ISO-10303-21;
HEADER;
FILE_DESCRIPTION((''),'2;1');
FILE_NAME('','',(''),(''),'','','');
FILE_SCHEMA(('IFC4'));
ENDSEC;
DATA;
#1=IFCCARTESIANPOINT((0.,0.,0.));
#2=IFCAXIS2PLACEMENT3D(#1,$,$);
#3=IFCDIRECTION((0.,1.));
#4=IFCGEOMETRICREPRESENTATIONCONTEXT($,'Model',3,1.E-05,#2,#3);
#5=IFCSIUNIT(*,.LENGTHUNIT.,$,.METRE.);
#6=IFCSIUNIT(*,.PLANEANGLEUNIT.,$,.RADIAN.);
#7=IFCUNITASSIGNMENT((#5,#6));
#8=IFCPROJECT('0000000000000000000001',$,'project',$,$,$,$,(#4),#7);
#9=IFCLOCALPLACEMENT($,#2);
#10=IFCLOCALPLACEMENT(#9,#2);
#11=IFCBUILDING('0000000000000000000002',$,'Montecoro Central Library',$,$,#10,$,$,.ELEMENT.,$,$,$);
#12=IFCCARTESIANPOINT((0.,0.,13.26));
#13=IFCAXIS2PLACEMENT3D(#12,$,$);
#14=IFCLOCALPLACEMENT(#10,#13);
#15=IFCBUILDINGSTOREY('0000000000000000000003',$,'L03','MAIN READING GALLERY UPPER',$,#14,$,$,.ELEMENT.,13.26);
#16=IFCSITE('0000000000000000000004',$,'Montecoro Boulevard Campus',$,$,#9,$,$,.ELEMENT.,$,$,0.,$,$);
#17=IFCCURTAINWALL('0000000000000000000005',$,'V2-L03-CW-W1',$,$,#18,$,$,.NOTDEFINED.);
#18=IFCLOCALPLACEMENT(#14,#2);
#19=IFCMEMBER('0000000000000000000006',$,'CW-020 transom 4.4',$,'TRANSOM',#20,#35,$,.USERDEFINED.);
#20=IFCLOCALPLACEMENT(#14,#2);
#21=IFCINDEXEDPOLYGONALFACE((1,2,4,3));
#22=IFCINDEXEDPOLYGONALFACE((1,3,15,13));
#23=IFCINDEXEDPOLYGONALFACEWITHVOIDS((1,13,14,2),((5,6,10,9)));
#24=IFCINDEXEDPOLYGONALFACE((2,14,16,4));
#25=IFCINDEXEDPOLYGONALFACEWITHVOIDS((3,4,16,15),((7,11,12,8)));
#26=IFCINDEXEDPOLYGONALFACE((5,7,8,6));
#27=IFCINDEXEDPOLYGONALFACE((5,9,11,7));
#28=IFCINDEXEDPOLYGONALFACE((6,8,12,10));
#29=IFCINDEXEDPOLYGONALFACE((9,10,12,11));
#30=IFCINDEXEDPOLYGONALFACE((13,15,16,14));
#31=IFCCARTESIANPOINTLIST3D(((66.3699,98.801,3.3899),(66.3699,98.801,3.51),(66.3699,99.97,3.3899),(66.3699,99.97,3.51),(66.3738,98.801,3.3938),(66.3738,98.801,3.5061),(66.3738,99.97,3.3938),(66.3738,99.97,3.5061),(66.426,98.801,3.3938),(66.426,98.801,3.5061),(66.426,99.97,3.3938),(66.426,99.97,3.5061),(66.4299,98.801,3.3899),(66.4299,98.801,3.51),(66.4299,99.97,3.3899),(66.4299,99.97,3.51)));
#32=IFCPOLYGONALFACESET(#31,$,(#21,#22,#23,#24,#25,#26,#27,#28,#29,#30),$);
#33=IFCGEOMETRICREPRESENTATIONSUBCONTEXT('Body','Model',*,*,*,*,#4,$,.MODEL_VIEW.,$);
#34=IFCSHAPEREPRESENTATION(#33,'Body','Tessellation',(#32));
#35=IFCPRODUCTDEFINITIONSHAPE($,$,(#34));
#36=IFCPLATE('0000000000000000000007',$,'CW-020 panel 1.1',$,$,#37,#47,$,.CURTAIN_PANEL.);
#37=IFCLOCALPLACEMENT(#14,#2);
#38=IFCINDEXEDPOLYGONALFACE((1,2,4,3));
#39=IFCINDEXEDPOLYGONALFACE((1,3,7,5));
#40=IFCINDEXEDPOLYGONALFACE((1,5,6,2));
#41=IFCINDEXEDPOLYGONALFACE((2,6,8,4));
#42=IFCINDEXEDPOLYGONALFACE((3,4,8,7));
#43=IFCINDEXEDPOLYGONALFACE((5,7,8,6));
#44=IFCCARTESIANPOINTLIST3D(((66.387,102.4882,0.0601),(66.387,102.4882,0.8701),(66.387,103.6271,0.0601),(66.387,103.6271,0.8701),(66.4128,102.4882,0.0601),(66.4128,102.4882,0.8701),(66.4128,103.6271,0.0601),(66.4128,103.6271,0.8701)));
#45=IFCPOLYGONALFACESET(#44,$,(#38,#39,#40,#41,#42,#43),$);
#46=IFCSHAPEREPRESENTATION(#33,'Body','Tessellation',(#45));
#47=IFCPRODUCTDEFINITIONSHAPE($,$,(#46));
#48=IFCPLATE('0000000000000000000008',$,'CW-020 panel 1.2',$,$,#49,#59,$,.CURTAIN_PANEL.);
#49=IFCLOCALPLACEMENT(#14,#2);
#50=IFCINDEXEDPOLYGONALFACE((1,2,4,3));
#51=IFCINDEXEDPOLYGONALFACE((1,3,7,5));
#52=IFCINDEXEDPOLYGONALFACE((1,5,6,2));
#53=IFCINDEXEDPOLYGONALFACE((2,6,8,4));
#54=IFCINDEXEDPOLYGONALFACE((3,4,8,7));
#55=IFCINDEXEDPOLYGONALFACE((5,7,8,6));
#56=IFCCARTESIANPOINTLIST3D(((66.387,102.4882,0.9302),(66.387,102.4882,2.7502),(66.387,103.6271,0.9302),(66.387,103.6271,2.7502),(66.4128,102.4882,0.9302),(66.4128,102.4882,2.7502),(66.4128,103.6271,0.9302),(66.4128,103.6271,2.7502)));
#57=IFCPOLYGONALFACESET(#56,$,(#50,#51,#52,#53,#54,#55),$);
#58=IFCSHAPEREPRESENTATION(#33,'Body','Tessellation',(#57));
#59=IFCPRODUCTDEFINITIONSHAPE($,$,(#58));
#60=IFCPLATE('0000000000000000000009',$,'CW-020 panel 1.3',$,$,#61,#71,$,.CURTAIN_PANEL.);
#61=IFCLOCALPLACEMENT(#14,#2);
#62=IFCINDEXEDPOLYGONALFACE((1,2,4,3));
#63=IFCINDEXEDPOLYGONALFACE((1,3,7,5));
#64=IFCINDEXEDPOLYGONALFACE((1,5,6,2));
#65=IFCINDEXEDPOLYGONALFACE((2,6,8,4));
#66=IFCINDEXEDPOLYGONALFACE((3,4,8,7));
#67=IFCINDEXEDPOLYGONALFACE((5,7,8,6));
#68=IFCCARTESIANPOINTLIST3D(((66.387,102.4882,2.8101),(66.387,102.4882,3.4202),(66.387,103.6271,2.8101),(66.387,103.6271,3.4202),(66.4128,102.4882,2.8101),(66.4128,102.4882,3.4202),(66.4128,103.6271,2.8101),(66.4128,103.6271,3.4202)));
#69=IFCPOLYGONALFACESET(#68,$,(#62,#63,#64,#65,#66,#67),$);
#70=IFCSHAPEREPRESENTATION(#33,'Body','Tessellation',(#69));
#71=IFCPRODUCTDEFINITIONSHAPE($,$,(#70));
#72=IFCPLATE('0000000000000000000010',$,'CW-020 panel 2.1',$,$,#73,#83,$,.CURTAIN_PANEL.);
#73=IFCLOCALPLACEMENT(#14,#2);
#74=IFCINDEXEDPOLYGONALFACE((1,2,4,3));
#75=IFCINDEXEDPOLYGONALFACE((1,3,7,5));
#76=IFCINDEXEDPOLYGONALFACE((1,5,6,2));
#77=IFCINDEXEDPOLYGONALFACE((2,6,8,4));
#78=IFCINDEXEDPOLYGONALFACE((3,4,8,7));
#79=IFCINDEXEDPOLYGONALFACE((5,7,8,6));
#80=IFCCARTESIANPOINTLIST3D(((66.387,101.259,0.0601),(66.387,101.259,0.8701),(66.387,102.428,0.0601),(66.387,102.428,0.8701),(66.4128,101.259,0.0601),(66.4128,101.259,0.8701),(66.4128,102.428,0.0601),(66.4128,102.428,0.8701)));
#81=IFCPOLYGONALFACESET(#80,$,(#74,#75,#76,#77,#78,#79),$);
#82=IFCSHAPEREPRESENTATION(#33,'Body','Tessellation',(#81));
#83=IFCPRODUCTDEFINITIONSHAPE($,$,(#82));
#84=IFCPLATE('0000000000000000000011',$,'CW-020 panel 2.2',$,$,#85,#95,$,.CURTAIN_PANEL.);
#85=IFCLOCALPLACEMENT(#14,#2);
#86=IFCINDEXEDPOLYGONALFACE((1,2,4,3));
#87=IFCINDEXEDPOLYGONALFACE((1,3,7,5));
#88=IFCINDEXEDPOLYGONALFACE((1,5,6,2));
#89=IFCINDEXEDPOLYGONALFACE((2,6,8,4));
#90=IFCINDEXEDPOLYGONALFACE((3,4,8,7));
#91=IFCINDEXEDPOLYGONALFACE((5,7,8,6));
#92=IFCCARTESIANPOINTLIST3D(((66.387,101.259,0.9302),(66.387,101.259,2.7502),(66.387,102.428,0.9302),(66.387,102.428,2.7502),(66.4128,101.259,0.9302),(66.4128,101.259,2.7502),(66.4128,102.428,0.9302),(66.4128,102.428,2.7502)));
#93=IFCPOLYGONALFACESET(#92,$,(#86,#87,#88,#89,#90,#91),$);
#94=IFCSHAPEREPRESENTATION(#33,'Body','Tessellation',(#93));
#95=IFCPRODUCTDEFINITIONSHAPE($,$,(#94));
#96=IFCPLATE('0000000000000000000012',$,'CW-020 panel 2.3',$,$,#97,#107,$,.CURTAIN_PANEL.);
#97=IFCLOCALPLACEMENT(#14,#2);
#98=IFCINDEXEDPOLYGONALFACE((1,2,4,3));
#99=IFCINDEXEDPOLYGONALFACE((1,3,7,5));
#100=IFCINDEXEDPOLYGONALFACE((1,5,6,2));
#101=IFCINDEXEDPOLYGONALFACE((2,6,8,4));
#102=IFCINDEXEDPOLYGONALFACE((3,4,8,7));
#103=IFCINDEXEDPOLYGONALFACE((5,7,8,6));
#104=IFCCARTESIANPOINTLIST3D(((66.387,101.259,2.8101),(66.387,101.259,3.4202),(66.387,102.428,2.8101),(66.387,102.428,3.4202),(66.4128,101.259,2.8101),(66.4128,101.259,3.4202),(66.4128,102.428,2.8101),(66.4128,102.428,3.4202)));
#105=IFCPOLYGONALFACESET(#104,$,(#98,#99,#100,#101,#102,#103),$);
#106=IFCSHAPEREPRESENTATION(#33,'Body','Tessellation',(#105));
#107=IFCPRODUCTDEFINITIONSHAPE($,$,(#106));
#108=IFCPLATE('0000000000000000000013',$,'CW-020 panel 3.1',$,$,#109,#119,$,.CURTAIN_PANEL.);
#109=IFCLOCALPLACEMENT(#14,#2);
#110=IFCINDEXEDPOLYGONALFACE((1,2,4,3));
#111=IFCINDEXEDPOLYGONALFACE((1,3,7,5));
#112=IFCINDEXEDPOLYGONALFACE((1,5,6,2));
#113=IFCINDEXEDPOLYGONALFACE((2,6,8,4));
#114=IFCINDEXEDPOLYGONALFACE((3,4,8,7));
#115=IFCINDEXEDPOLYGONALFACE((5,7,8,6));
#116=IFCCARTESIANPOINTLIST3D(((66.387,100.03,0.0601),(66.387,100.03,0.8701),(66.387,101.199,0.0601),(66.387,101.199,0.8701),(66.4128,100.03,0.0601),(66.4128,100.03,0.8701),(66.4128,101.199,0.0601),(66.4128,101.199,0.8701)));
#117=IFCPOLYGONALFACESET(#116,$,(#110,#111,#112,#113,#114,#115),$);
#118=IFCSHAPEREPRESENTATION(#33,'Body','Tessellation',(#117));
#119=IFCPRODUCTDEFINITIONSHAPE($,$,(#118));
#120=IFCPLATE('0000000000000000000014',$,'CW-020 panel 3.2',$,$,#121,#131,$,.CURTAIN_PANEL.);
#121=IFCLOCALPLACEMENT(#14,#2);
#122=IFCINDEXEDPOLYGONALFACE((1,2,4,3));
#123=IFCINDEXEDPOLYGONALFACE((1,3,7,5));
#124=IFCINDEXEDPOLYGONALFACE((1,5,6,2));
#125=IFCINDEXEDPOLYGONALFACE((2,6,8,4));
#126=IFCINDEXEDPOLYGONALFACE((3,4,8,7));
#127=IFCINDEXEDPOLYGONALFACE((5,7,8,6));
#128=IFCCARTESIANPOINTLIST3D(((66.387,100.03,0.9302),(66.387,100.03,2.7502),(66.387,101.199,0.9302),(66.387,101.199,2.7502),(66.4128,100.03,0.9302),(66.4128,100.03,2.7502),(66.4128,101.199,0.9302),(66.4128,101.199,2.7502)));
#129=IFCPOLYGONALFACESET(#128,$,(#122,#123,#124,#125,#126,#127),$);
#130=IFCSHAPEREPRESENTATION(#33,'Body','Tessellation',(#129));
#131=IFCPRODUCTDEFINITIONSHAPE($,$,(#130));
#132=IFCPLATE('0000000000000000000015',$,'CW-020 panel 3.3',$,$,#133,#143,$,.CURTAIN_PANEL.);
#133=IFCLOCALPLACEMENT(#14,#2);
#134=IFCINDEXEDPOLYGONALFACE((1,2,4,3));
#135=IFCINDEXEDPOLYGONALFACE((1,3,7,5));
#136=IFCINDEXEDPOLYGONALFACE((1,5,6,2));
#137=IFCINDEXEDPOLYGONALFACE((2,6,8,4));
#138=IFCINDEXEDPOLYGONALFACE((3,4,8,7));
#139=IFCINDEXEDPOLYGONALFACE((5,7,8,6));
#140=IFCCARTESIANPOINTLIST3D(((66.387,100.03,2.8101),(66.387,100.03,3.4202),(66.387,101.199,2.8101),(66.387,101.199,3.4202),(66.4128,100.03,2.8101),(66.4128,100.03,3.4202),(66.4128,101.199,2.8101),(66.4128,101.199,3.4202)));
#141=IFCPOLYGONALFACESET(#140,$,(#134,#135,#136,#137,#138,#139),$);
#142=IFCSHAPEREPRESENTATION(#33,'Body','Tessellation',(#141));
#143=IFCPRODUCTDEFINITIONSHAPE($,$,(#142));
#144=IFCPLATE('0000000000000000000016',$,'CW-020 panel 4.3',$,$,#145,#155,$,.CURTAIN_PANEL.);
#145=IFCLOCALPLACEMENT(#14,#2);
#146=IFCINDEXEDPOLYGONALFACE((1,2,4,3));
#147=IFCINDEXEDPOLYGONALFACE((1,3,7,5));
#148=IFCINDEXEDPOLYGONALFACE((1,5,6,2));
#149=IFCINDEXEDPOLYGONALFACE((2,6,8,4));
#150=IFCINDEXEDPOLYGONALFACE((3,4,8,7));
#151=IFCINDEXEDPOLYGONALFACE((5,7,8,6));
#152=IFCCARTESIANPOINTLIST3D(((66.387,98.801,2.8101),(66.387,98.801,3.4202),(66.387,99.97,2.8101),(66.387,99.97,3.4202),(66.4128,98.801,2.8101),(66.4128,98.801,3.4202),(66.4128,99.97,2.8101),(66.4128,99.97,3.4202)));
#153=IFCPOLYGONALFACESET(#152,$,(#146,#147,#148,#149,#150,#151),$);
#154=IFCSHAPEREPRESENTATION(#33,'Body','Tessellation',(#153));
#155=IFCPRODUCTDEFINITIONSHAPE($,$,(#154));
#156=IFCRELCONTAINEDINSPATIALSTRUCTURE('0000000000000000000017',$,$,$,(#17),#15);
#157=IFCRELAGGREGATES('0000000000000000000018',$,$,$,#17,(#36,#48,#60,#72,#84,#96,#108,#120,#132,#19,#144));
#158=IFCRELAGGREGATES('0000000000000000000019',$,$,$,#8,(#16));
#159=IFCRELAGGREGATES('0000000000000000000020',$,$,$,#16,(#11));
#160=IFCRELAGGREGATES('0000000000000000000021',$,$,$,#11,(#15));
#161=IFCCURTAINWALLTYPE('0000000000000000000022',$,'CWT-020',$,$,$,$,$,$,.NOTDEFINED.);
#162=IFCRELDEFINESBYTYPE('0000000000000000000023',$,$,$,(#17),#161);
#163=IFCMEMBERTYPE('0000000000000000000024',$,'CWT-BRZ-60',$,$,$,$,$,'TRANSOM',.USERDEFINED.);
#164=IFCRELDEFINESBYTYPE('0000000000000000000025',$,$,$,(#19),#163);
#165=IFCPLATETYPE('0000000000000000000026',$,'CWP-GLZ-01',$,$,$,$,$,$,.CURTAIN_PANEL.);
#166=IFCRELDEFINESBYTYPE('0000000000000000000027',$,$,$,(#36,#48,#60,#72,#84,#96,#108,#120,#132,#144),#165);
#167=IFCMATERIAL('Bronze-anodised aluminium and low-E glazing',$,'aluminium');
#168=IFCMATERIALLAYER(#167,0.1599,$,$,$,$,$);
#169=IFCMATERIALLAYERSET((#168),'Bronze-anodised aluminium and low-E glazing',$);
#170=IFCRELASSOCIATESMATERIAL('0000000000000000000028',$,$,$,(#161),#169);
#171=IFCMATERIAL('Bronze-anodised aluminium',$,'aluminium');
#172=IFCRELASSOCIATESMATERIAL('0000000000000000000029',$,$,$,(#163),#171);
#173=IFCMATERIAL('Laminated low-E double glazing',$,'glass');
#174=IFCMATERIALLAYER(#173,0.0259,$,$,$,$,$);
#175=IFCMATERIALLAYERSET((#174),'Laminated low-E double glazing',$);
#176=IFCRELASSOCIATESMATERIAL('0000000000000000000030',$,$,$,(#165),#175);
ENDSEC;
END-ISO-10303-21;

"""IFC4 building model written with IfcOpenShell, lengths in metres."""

from ifc_helpers import new_model, si_unit, direction, frame, origin, origin_2d, place, context, subcontext, project, spatial, rectangle, hollow_rectangle, extrude, material, layer, layer_set, material_profile, profile_set, type_object, element, aggregate, save


model = new_model("IFC4")

# Units and contexts
model_context = context("Model", 3, precision=1e-05, world=origin(), true_north=direction((0.0, 1.0)))
body_context = subcontext(model_context, "Body", "Model", "MODEL_VIEW")
ifc_project = project(units=[si_unit("LENGTHUNIT", "METRE"), si_unit("PLANEANGLEUNIT", "RADIAN")], contexts=[model_context])

# Site, building, storey
site_placement = place(None, origin())
site = spatial("IfcSite", under=ifc_project, at=site_placement, Name="Montecoro Boulevard Campus", CompositionType="ELEMENT", RefElevation=0.0)
building_placement = place(site_placement, origin())
building = spatial("IfcBuilding", under=site, at=building_placement, Name="Montecoro Central Library", CompositionType="ELEMENT")
storey_placement = place(building_placement, frame((0.0, 0.0, 13.26)))
storey = spatial("IfcBuildingStorey", under=building, at=storey_placement, Name="L03", Description="MAIN READING GALLERY UPPER", CompositionType="ELEMENT", Elevation=13.26)

# Curtain wall, member, plates
ifc_material_1 = material(Name="Bronze-anodised aluminium and low-E glazing", Category="aluminium")
ifc_layer_1 = layer(ifc_material_1, 0.1599)
ifc_layer_set_1 = layer_set([ifc_layer_1], Name="Bronze-anodised aluminium and low-E glazing")
curtain_wall_type = type_object("IfcCurtainWallType", Name="CWT-020", PredefinedType="NOTDEFINED", material=ifc_layer_set_1)
curtain_wall_placement = place(storey_placement, origin())
curtain_wall = element("IfcCurtainWall", 1, at=curtain_wall_placement, inside=storey, type_object=curtain_wall_type, Name="V2-L03-CW-W1", PredefinedType="NOTDEFINED")
ifc_material_2 = material(Name="Bronze-anodised aluminium", Category="aluminium")
ifc_material_profile_1 = material_profile(ifc_material_2, hollow_rectangle(XDim=0.0601, YDim=0.1201, WallThickness=0.0039, at=origin_2d()), Name="CWT 120x60x4.0")
ifc_profile_set_1 = profile_set([ifc_material_profile_1], Name="Bronze-anodised aluminium")
member_type_1 = type_object("IfcMemberType", Name="CWT-BRZ-60", ElementType="TRANSOM", PredefinedType="USERDEFINED", material=ifc_profile_set_1)
member_1_placement = place(storey_placement, frame((66.3999, 99.97, 3.45), z_axis=(0.0, -1.0, 0.0), x_axis=(1.0, 0.0, 0.0)))
member_1 = element("IfcMember", 2, at=member_1_placement, type_object=member_type_1, Name="CW-020 transom 4.4", ObjectType="TRANSOM", PredefinedType="USERDEFINED", context=body_context, shape_type="SweptSolid", body=[
    extrude(hollow_rectangle(XDim=0.0601, YDim=0.1201, WallThickness=0.0039, at=origin_2d()), origin(), (0.0, 0.0, 1.0), 1.1689),
])
ifc_material_3 = material(Name="Laminated low-E double glazing", Category="glass")
ifc_layer_2 = layer(ifc_material_3, 0.0259)
ifc_layer_set_2 = layer_set([ifc_layer_2], Name="Laminated low-E double glazing")
plate_type = type_object("IfcPlateType", Name="CWP-GLZ-01", PredefinedType="CURTAIN_PANEL", material=ifc_layer_set_2)
plate_1_placement = place(storey_placement, frame((66.3999, 103.0576, 0.0601), z_axis=(0.0, 0.0, 1.0), x_axis=(0.0, -1.0, 0.0)))
plate_1 = element("IfcPlate", 3, at=plate_1_placement, type_object=plate_type, Name="CW-020 panel 1.1", PredefinedType="CURTAIN_PANEL", context=body_context, shape_type="SweptSolid", body=[
    extrude(rectangle(XDim=1.1389, YDim=0.0259, at=origin_2d()), origin(), (0.0, 0.0, 1.0), 0.8101),
])
plate_2_placement = place(storey_placement, frame((66.3999, 103.0576, 0.9302), z_axis=(0.0, 0.0, 1.0), x_axis=(0.0, -1.0, 0.0)))
plate_2 = element("IfcPlate", 4, at=plate_2_placement, type_object=plate_type, Name="CW-020 panel 1.2", PredefinedType="CURTAIN_PANEL", context=body_context, shape_type="SweptSolid", body=[
    extrude(rectangle(XDim=1.1389, YDim=0.0259, at=origin_2d()), origin(), (0.0, 0.0, 1.0), 1.8201),
])
plate_3_placement = place(storey_placement, frame((66.3999, 103.0576, 2.8101), z_axis=(0.0, 0.0, 1.0), x_axis=(0.0, -1.0, 0.0)))
plate_3 = element("IfcPlate", 5, at=plate_3_placement, type_object=plate_type, Name="CW-020 panel 1.3", PredefinedType="CURTAIN_PANEL", context=body_context, shape_type="SweptSolid", body=[
    extrude(rectangle(XDim=1.1389, YDim=0.0259, at=origin_2d()), origin(), (0.0, 0.0, 1.0), 0.6101),
])
plate_4_placement = place(storey_placement, frame((66.3999, 101.8435, 0.0601), z_axis=(0.0, 0.0, 1.0), x_axis=(0.0, -1.0, 0.0)))
plate_4 = element("IfcPlate", 6, at=plate_4_placement, type_object=plate_type, Name="CW-020 panel 2.1", PredefinedType="CURTAIN_PANEL", context=body_context, shape_type="SweptSolid", body=[
    extrude(rectangle(XDim=1.1689, YDim=0.0259, at=origin_2d()), origin(), (0.0, 0.0, 1.0), 0.8101),
])
plate_5_placement = place(storey_placement, frame((66.3999, 101.8435, 0.9302), z_axis=(0.0, 0.0, 1.0), x_axis=(0.0, -1.0, 0.0)))
plate_5 = element("IfcPlate", 7, at=plate_5_placement, type_object=plate_type, Name="CW-020 panel 2.2", PredefinedType="CURTAIN_PANEL", context=body_context, shape_type="SweptSolid", body=[
    extrude(rectangle(XDim=1.1689, YDim=0.0259, at=origin_2d()), origin(), (0.0, 0.0, 1.0), 1.8201),
])
plate_6_placement = place(storey_placement, frame((66.3999, 101.8435, 2.8101), z_axis=(0.0, 0.0, 1.0), x_axis=(0.0, -1.0, 0.0)))
plate_6 = element("IfcPlate", 8, at=plate_6_placement, type_object=plate_type, Name="CW-020 panel 2.3", PredefinedType="CURTAIN_PANEL", context=body_context, shape_type="SweptSolid", body=[
    extrude(rectangle(XDim=1.1689, YDim=0.0259, at=origin_2d()), origin(), (0.0, 0.0, 1.0), 0.6101),
])
plate_7_placement = place(storey_placement, frame((66.3999, 100.6145, 0.0601), z_axis=(0.0, 0.0, 1.0), x_axis=(0.0, -1.0, 0.0)))
plate_7 = element("IfcPlate", 9, at=plate_7_placement, type_object=plate_type, Name="CW-020 panel 3.1", PredefinedType="CURTAIN_PANEL", context=body_context, shape_type="SweptSolid", body=[
    extrude(rectangle(XDim=1.1689, YDim=0.0259, at=origin_2d()), origin(), (0.0, 0.0, 1.0), 0.8101),
])
plate_8_placement = place(storey_placement, frame((66.3999, 100.6145, 0.9302), z_axis=(0.0, 0.0, 1.0), x_axis=(0.0, -1.0, 0.0)))
plate_8 = element("IfcPlate", 10, at=plate_8_placement, type_object=plate_type, Name="CW-020 panel 3.2", PredefinedType="CURTAIN_PANEL", context=body_context, shape_type="SweptSolid", body=[
    extrude(rectangle(XDim=1.1689, YDim=0.0259, at=origin_2d()), origin(), (0.0, 0.0, 1.0), 1.8201),
])
plate_9_placement = place(storey_placement, frame((66.3999, 100.6145, 2.8101), z_axis=(0.0, 0.0, 1.0), x_axis=(0.0, -1.0, 0.0)))
plate_9 = element("IfcPlate", 11, at=plate_9_placement, type_object=plate_type, Name="CW-020 panel 3.3", PredefinedType="CURTAIN_PANEL", context=body_context, shape_type="SweptSolid", body=[
    extrude(rectangle(XDim=1.1689, YDim=0.0259, at=origin_2d()), origin(), (0.0, 0.0, 1.0), 0.6101),
])
plate_10_placement = place(storey_placement, frame((66.3999, 99.3855, 2.8101), z_axis=(0.0, 0.0, 1.0), x_axis=(0.0, -1.0, 0.0)))
plate_10 = element("IfcPlate", 12, at=plate_10_placement, type_object=plate_type, Name="CW-020 panel 4.3", PredefinedType="CURTAIN_PANEL", context=body_context, shape_type="SweptSolid", body=[
    extrude(rectangle(XDim=1.1689, YDim=0.0259, at=origin_2d()), origin(), (0.0, 0.0, 1.0), 0.6101),
])
aggregate(curtain_wall, [plate_1, plate_2, plate_3, plate_4, plate_5, plate_6, plate_7, plate_8, plate_9, member_1, plate_10])

save(model, "model.ifc")
